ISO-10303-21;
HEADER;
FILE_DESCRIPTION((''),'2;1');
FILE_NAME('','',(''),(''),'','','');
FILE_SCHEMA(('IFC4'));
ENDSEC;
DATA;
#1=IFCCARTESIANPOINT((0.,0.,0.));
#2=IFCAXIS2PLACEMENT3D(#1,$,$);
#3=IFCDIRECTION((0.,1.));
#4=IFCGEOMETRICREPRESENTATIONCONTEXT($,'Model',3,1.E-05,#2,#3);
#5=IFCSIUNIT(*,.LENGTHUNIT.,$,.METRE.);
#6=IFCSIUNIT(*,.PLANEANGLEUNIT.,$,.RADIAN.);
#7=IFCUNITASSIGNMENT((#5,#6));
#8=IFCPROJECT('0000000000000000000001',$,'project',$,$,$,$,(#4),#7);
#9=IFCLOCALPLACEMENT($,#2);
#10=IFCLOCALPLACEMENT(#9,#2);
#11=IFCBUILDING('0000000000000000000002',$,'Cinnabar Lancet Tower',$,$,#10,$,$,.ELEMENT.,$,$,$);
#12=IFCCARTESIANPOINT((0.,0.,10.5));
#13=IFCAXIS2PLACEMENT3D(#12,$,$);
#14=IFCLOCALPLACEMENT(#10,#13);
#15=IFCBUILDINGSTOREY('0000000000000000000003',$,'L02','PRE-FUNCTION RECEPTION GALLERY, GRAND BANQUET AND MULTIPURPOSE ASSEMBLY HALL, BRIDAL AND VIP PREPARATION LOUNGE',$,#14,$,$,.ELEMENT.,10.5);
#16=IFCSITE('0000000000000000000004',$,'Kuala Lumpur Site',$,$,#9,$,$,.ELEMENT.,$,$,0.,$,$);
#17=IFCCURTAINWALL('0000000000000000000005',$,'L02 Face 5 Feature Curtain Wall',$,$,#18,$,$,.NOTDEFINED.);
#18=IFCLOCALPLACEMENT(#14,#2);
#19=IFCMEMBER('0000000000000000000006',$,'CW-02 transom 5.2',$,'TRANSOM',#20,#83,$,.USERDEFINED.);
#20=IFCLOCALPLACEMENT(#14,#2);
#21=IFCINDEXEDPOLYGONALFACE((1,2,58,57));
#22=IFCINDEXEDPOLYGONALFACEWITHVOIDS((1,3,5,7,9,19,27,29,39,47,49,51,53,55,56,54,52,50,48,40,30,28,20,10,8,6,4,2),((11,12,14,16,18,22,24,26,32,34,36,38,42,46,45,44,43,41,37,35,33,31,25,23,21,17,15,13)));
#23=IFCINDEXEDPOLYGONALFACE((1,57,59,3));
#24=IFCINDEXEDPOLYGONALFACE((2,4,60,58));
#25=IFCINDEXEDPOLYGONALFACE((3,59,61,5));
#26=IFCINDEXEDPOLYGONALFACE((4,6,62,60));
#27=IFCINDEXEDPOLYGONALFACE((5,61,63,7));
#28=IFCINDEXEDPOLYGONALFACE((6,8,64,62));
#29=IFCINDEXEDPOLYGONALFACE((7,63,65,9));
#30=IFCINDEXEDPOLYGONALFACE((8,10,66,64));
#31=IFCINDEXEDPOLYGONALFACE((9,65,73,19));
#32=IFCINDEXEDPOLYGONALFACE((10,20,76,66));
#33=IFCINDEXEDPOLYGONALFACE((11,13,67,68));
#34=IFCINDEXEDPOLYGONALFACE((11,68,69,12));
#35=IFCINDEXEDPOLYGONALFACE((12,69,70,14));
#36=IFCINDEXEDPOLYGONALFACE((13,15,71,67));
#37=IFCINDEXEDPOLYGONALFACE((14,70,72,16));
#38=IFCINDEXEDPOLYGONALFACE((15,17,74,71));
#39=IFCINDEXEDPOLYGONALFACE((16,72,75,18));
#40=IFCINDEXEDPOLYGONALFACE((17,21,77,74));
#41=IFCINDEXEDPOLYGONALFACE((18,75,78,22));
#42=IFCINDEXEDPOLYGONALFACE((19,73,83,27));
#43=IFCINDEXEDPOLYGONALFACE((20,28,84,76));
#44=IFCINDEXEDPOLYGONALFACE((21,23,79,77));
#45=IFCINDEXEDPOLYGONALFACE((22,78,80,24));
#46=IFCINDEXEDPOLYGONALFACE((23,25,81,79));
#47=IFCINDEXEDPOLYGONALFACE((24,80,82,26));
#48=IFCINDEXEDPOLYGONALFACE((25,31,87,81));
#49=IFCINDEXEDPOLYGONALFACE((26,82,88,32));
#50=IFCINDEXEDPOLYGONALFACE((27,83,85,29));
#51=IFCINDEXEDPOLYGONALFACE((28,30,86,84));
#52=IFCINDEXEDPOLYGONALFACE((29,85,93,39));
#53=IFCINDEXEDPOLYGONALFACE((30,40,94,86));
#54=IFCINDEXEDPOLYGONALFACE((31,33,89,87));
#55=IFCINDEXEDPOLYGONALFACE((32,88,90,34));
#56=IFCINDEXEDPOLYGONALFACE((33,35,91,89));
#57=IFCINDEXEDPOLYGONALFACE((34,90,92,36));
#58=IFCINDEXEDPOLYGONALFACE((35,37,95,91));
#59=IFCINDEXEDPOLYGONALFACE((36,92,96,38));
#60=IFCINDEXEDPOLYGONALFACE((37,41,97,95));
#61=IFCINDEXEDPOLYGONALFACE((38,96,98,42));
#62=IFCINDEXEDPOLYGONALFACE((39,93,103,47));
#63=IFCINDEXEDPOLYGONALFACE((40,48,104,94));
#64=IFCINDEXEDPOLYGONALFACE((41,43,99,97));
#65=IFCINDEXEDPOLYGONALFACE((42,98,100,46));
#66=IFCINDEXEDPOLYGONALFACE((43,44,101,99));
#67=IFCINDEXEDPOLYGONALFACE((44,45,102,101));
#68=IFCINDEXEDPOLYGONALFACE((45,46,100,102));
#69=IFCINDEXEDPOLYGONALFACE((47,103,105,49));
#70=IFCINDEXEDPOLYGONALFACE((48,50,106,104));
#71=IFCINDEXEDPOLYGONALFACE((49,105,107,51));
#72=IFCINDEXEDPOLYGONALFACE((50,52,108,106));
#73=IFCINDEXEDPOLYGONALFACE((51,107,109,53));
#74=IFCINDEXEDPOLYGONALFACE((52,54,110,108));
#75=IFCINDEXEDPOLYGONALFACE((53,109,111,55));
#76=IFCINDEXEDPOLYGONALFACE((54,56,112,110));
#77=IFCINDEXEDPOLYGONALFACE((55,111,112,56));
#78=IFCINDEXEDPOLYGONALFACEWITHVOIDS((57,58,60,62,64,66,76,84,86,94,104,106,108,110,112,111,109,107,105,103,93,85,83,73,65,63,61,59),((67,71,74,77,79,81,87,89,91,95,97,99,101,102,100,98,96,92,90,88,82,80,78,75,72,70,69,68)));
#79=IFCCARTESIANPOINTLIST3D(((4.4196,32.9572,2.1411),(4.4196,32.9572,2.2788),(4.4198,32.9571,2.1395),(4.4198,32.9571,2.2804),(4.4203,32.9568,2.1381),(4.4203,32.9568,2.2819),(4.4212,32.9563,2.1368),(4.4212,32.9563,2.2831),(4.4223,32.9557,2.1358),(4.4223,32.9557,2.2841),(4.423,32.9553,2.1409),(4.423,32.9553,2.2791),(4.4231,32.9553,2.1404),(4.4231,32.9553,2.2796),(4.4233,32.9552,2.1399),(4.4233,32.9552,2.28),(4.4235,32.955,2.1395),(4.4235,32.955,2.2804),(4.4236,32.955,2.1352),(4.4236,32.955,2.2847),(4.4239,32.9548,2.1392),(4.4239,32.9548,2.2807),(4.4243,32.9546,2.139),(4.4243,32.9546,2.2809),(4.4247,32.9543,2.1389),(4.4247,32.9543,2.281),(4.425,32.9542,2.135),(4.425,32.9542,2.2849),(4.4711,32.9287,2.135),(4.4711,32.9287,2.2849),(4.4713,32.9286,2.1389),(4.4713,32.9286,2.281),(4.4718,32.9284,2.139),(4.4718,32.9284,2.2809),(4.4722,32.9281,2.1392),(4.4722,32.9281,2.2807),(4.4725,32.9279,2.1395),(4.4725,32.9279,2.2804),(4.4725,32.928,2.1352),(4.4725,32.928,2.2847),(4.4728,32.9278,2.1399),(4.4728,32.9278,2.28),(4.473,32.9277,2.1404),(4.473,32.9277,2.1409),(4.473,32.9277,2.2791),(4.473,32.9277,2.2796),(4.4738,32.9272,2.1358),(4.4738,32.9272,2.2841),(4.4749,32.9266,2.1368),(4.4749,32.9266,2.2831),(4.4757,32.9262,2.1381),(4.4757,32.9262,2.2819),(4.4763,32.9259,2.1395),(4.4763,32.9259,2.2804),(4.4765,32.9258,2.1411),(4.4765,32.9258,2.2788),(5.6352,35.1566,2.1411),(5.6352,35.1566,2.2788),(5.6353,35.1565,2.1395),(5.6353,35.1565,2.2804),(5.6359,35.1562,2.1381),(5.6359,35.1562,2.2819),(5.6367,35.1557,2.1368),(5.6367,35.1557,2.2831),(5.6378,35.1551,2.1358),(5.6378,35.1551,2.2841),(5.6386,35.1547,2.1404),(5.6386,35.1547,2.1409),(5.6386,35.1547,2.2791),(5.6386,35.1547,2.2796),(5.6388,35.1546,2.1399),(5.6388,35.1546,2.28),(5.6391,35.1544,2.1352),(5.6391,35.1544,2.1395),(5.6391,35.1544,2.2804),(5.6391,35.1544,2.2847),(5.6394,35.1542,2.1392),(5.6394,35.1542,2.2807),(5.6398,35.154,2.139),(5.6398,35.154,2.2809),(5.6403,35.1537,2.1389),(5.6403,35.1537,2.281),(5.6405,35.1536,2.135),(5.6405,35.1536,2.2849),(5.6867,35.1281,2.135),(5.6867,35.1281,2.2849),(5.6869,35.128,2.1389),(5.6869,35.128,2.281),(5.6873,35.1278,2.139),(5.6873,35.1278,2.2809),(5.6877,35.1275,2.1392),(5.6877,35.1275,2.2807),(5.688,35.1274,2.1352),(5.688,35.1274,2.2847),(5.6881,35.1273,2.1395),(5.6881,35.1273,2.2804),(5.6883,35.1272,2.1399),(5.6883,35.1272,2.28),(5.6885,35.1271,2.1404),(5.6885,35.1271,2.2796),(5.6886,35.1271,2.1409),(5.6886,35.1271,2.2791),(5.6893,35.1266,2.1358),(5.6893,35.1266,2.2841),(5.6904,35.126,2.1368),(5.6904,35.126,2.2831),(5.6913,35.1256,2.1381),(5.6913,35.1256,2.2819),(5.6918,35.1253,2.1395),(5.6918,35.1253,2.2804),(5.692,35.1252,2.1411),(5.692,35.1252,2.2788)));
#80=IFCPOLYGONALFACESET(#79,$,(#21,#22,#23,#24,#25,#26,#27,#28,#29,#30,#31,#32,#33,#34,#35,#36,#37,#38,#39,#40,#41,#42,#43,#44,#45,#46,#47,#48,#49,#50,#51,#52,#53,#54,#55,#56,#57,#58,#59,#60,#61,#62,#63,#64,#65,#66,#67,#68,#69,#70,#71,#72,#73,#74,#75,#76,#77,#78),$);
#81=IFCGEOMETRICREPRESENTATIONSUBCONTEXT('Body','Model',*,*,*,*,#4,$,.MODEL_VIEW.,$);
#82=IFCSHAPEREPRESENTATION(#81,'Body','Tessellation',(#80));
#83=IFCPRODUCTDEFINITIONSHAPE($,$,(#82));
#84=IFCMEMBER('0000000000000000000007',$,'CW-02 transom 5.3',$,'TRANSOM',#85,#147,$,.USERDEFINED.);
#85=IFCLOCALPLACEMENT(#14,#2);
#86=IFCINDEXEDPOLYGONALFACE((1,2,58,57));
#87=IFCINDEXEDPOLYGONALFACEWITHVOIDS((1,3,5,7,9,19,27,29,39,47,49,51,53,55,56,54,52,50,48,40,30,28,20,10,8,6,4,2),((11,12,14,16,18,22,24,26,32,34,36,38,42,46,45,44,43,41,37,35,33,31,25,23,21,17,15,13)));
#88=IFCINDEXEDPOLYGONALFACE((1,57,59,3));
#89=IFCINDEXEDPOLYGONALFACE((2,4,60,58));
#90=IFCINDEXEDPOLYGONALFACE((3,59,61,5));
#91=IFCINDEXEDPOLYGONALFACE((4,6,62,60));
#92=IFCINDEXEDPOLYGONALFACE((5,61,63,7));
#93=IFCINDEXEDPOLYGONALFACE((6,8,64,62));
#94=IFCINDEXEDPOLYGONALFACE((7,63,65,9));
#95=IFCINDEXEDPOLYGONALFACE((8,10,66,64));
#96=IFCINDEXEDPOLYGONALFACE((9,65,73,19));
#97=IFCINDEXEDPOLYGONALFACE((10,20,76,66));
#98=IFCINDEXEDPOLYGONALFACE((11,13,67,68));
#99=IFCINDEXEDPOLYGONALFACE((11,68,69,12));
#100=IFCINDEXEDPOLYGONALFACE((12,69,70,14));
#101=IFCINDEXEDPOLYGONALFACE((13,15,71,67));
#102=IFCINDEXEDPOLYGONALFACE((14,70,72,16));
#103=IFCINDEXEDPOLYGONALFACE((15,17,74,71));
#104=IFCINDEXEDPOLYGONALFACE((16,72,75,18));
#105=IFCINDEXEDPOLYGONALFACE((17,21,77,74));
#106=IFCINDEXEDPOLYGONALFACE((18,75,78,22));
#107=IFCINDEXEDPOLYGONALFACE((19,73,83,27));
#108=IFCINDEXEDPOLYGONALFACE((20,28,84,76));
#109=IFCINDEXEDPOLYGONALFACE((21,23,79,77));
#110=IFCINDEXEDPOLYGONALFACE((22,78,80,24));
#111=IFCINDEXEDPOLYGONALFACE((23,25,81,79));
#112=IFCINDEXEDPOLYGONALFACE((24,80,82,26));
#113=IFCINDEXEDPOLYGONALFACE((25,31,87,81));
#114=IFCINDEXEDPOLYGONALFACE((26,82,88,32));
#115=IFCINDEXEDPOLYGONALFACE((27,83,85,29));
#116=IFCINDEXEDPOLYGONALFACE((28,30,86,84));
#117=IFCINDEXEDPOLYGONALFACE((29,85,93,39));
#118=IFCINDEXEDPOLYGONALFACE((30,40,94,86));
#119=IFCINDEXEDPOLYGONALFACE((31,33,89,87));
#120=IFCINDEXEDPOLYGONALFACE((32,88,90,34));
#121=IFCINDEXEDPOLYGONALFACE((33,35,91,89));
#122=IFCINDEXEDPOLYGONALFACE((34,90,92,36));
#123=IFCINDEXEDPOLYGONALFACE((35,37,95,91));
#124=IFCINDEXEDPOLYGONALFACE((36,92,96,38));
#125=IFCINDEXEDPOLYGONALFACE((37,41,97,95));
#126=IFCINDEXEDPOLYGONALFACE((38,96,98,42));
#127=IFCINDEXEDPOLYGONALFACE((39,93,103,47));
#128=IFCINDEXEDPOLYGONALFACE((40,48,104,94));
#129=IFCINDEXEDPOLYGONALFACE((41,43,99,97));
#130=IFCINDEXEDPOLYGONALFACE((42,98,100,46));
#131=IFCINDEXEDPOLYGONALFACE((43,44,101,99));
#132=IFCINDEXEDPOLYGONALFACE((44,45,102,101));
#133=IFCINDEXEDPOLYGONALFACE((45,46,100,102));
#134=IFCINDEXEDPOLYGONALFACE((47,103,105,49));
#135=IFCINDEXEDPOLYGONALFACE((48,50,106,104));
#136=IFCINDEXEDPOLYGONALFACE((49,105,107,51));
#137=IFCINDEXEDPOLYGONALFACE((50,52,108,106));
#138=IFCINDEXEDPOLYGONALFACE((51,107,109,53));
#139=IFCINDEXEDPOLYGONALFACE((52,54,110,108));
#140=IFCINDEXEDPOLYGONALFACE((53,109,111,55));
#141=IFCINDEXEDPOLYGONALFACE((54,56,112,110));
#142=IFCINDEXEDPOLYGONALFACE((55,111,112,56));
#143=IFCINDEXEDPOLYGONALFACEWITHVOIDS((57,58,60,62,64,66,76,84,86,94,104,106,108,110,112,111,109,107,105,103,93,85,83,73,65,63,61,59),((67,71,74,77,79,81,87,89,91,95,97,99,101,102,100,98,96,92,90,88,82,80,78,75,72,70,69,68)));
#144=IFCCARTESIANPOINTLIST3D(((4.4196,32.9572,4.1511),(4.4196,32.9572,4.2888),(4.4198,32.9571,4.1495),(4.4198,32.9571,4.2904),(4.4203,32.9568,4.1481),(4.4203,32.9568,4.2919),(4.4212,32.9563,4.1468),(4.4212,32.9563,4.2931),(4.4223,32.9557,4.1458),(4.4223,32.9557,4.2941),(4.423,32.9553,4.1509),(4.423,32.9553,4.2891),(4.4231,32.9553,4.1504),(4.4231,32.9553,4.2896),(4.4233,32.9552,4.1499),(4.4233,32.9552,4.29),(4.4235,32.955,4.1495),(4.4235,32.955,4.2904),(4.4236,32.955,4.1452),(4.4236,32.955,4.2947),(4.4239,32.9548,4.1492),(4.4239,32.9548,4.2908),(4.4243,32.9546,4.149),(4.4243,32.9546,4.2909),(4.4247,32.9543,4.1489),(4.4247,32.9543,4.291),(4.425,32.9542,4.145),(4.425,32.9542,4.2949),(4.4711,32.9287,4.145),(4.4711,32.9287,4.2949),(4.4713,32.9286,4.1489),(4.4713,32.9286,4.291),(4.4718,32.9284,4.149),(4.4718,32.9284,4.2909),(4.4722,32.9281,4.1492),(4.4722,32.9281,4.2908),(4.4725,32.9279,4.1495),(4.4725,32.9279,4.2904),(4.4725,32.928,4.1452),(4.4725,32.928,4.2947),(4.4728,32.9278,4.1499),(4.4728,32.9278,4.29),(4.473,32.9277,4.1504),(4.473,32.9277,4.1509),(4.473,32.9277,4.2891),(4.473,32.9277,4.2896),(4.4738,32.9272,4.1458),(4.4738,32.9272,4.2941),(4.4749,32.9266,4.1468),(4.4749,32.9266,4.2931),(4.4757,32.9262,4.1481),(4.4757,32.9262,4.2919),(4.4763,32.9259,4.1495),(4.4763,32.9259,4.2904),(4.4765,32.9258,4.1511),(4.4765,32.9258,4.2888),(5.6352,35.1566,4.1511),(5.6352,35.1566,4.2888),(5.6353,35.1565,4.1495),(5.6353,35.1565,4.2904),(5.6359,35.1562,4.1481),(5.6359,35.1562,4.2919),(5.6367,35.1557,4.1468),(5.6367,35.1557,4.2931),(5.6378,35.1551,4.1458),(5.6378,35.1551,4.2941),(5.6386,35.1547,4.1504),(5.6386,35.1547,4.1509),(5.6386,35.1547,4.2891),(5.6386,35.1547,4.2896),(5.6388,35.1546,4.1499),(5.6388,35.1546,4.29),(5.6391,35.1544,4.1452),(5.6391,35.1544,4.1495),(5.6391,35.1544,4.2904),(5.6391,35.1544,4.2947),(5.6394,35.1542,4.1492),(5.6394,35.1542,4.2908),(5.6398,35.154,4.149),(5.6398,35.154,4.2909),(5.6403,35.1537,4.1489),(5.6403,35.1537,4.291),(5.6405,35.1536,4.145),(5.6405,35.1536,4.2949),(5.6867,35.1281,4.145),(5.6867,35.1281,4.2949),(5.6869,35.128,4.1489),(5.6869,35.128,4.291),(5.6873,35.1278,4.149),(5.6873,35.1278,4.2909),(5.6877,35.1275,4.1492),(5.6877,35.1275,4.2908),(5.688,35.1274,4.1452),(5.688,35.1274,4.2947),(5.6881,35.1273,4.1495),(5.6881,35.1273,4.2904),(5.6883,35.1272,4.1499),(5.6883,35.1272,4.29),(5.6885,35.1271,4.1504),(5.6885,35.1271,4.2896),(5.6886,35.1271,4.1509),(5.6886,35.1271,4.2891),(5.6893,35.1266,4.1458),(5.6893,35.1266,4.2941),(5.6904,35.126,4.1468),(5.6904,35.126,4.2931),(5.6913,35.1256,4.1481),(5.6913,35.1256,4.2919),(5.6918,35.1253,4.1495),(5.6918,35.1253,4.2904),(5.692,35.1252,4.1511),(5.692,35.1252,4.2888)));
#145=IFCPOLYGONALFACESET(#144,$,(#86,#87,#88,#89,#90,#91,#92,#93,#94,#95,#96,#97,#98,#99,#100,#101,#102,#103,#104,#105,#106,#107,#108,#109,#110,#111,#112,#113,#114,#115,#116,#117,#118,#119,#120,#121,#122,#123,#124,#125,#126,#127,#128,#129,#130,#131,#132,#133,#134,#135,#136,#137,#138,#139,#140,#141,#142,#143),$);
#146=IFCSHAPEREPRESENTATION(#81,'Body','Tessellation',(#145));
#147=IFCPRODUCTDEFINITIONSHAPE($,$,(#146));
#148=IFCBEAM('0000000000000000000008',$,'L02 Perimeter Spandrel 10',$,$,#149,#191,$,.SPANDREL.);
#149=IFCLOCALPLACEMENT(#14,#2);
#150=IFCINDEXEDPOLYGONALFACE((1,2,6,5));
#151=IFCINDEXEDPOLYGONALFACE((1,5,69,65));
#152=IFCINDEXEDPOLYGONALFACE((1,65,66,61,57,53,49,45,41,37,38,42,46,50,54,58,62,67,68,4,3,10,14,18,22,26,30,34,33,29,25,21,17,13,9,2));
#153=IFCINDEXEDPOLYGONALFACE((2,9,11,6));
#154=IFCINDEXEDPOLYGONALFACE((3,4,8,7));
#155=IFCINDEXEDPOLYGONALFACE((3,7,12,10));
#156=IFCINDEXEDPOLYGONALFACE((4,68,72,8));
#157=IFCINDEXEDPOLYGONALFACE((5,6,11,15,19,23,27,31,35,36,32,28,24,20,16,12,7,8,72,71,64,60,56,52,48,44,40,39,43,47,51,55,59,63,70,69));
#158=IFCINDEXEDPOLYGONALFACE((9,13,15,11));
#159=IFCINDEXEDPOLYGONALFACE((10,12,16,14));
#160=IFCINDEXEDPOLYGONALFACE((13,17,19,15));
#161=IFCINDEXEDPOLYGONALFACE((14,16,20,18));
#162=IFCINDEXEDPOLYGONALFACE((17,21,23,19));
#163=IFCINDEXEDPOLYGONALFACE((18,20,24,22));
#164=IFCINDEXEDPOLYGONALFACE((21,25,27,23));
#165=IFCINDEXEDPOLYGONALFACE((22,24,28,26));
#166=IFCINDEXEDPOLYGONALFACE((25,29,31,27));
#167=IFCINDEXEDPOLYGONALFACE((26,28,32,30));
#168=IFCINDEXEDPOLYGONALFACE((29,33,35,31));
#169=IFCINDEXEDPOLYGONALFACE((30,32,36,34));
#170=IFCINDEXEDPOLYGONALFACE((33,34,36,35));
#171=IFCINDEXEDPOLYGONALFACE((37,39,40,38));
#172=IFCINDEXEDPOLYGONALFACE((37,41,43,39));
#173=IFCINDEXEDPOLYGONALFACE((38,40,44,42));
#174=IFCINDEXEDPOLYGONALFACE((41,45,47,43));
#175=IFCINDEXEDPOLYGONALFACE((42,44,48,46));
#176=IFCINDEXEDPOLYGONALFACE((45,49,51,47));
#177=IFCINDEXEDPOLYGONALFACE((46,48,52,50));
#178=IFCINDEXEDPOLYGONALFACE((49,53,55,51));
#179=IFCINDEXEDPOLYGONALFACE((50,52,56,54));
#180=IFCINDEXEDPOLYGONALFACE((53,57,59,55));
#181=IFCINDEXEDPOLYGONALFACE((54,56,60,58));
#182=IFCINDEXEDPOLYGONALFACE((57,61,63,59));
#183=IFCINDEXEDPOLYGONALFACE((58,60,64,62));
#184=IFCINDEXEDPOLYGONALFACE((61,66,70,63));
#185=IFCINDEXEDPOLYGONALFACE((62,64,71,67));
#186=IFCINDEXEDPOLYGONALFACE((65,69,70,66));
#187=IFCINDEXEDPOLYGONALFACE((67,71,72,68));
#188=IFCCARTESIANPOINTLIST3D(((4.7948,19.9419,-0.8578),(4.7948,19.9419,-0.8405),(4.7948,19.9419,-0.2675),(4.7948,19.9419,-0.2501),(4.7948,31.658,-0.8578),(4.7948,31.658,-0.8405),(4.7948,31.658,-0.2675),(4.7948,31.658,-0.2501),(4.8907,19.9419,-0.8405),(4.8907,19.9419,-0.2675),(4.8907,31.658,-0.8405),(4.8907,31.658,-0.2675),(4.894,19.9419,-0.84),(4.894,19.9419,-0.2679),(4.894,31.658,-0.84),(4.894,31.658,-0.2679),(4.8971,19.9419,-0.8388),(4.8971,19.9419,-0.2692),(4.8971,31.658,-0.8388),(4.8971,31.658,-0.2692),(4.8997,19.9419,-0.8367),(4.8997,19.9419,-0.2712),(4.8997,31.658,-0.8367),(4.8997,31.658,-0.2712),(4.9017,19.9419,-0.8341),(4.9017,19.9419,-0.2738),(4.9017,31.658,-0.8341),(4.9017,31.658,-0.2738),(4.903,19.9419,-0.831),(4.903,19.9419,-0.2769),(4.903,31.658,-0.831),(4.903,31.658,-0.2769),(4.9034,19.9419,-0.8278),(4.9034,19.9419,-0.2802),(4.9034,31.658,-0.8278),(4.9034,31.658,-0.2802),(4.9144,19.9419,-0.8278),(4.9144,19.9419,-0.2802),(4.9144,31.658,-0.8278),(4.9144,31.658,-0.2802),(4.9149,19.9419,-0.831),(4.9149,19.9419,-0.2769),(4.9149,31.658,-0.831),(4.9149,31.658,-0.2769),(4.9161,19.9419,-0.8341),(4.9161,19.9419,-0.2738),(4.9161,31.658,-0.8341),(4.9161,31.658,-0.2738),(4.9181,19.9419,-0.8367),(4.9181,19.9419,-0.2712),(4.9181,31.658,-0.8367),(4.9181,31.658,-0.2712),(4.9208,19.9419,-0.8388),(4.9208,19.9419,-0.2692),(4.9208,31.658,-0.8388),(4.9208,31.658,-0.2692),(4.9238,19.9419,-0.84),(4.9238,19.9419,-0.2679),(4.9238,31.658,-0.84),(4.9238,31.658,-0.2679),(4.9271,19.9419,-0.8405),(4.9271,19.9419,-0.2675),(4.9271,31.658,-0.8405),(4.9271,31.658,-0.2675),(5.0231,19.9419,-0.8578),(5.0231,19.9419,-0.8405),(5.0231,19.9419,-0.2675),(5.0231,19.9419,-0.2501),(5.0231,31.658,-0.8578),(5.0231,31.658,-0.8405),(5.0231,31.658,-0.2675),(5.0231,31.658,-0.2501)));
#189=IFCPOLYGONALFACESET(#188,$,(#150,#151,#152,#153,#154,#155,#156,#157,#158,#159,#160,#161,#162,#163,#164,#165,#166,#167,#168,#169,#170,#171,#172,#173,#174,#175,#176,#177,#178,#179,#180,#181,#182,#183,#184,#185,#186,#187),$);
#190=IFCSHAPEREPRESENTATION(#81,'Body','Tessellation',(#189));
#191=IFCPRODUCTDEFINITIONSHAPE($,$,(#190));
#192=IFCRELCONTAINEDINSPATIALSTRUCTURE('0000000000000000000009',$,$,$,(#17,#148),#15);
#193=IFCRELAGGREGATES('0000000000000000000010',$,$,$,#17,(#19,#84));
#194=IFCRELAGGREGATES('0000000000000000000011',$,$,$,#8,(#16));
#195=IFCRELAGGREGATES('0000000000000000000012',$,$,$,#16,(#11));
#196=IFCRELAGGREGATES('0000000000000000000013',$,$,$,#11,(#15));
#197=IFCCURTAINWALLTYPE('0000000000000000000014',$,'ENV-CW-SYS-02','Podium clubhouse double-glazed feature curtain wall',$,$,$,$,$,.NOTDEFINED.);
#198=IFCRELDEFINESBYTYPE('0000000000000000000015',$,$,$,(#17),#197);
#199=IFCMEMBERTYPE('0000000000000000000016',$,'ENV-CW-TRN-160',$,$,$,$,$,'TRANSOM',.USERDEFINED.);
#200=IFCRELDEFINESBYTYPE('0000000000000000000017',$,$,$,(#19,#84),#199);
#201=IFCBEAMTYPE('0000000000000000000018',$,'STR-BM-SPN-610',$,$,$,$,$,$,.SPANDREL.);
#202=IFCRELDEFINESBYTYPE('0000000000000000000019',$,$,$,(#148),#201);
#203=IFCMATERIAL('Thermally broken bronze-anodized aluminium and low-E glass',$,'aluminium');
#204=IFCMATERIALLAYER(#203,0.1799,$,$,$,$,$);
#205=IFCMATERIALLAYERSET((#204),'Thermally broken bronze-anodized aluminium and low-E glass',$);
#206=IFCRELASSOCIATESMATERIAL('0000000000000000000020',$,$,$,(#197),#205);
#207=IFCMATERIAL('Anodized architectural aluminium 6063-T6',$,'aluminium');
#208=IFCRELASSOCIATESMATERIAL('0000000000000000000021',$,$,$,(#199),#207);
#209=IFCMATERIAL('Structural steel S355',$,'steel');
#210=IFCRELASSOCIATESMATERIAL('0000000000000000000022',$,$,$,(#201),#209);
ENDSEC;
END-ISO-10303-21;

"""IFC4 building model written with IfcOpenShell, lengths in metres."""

from ifc_helpers import new_model, si_unit, direction, frame, origin, origin_2d, place, context, subcontext, project, spatial, hollow_rectangle, i_section, extrude, material, layer, layer_set, material_profile, profile_set, type_object, element, aggregate, save


model = new_model("IFC4")

# Units and contexts
model_context = context("Model", 3, precision=1e-05, world=origin(), true_north=direction((0.0, 1.0)))
body_context = subcontext(model_context, "Body", "Model", "MODEL_VIEW")
ifc_project = project(units=[si_unit("LENGTHUNIT", "METRE"), si_unit("PLANEANGLEUNIT", "RADIAN")], contexts=[model_context])

# Site, building, storey
site_placement = place(None, origin())
site = spatial("IfcSite", under=ifc_project, at=site_placement, Name="Kuala Lumpur Site", CompositionType="ELEMENT", RefElevation=0.0)
building_placement = place(site_placement, origin())
building = spatial("IfcBuilding", under=site, at=building_placement, Name="Cinnabar Lancet Tower", CompositionType="ELEMENT")
storey_placement = place(building_placement, frame((0.0, 0.0, 10.5)))
storey = spatial("IfcBuildingStorey", under=building, at=storey_placement, Name="L02", Description="PRE-FUNCTION RECEPTION GALLERY, GRAND BANQUET AND MULTIPURPOSE ASSEMBLY HALL, BRIDAL AND VIP PREPARATION LOUNGE", CompositionType="ELEMENT", Elevation=10.5)

# Curtain wall, members
ifc_material_1 = material(Name="Thermally broken bronze-anodized aluminium and low-E glass", Category="aluminium")
ifc_layer_1 = layer(ifc_material_1, 0.1799)
ifc_layer_set_1 = layer_set([ifc_layer_1], Name="Thermally broken bronze-anodized aluminium and low-E glass")
curtain_wall_type = type_object("IfcCurtainWallType", Name="ENV-CW-SYS-02", Description="Podium clubhouse double-glazed feature curtain wall", PredefinedType="NOTDEFINED", material=ifc_layer_set_1)
curtain_wall_placement = place(storey_placement, origin())
curtain_wall = element("IfcCurtainWall", 1, at=curtain_wall_placement, inside=storey, type_object=curtain_wall_type, Name="L02 Face 5 Feature Curtain Wall", PredefinedType="NOTDEFINED")
ifc_material_2 = material(Name="Anodized architectural aluminium 6063-T6", Category="aluminium")
ifc_material_profile_1 = material_profile(ifc_material_2, hollow_rectangle(XDim=0.0649, YDim=0.1499, WallThickness=0.0039, InnerFilletRadius=0.002, OuterFilletRadius=0.0061, at=origin_2d()), Name="CW-TRN 150x65x4")
ifc_profile_set_1 = profile_set([ifc_material_profile_1], Name="Anodized architectural aluminium 6063-T6")
member_type_1 = type_object("IfcMemberType", Name="ENV-CW-TRN-160", ElementType="TRANSOM", PredefinedType="USERDEFINED", material=ifc_profile_set_1)
member_1_placement = place(storey_placement, frame((5.6636, 35.1409, 2.21), z_axis=(-0.483712, -0.875227, 0.0), x_axis=(0.875227, -0.483712, 0.0)))
member_1 = element("IfcMember", 2, at=member_1_placement, type_object=member_type_1, Name="CW-02 transom 5.2", ObjectType="TRANSOM", PredefinedType="USERDEFINED", context=body_context, shape_type="SweptSolid", body=[
    extrude(hollow_rectangle(XDim=0.0649, YDim=0.1499, WallThickness=0.0039, InnerFilletRadius=0.002, OuterFilletRadius=0.0061, at=origin_2d()), origin(), (0.0, 0.0, 1.0), 2.5129),
])
member_2_placement = place(storey_placement, frame((5.6636, 35.1409, 4.22), z_axis=(-0.483712, -0.875227, 0.0), x_axis=(0.875227, -0.483712, 0.0)))
member_2 = element("IfcMember", 3, at=member_2_placement, type_object=member_type_1, Name="CW-02 transom 5.3", ObjectType="TRANSOM", PredefinedType="USERDEFINED", context=body_context, shape_type="SweptSolid", body=[
    extrude(hollow_rectangle(XDim=0.0649, YDim=0.1499, WallThickness=0.0039, InnerFilletRadius=0.002, OuterFilletRadius=0.0061, at=origin_2d()), origin(), (0.0, 0.0, 1.0), 2.5129),
])

# Beam
ifc_material_3 = material(Name="Structural steel S355", Category="steel")
ifc_material_profile_2 = material_profile(ifc_material_3, i_section(OverallWidth=0.2283, OverallDepth=0.6077, WebThickness=0.011, FlangeThickness=0.0173, FilletRadius=0.0127, at=origin_2d()), Name="UKB 610x229x113")
ifc_profile_set_2 = profile_set([ifc_material_profile_2], Name="Structural steel S355")
beam_type_1 = type_object("IfcBeamType", Name="STR-BM-SPN-610", PredefinedType="SPANDREL", material=ifc_profile_set_2)
beam_1_placement = place(storey_placement, frame((4.9089, 31.658, -0.554), z_axis=(0.0, -1.0, 0.0), x_axis=(1.0, 0.0, 0.0)))
element("IfcBeam", 4, at=beam_1_placement, inside=storey, type_object=beam_type_1, Name="L02 Perimeter Spandrel 10", PredefinedType="SPANDREL", context=body_context, shape_type="SweptSolid", body=[
    extrude(i_section(OverallWidth=0.2283, OverallDepth=0.6077, WebThickness=0.011, FlangeThickness=0.0173, FilletRadius=0.0127, at=origin_2d()), origin(), (0.0, 0.0, 1.0), 11.7161),
])

aggregate(curtain_wall, [member_1, member_2])

save(model, "model.ifc")
